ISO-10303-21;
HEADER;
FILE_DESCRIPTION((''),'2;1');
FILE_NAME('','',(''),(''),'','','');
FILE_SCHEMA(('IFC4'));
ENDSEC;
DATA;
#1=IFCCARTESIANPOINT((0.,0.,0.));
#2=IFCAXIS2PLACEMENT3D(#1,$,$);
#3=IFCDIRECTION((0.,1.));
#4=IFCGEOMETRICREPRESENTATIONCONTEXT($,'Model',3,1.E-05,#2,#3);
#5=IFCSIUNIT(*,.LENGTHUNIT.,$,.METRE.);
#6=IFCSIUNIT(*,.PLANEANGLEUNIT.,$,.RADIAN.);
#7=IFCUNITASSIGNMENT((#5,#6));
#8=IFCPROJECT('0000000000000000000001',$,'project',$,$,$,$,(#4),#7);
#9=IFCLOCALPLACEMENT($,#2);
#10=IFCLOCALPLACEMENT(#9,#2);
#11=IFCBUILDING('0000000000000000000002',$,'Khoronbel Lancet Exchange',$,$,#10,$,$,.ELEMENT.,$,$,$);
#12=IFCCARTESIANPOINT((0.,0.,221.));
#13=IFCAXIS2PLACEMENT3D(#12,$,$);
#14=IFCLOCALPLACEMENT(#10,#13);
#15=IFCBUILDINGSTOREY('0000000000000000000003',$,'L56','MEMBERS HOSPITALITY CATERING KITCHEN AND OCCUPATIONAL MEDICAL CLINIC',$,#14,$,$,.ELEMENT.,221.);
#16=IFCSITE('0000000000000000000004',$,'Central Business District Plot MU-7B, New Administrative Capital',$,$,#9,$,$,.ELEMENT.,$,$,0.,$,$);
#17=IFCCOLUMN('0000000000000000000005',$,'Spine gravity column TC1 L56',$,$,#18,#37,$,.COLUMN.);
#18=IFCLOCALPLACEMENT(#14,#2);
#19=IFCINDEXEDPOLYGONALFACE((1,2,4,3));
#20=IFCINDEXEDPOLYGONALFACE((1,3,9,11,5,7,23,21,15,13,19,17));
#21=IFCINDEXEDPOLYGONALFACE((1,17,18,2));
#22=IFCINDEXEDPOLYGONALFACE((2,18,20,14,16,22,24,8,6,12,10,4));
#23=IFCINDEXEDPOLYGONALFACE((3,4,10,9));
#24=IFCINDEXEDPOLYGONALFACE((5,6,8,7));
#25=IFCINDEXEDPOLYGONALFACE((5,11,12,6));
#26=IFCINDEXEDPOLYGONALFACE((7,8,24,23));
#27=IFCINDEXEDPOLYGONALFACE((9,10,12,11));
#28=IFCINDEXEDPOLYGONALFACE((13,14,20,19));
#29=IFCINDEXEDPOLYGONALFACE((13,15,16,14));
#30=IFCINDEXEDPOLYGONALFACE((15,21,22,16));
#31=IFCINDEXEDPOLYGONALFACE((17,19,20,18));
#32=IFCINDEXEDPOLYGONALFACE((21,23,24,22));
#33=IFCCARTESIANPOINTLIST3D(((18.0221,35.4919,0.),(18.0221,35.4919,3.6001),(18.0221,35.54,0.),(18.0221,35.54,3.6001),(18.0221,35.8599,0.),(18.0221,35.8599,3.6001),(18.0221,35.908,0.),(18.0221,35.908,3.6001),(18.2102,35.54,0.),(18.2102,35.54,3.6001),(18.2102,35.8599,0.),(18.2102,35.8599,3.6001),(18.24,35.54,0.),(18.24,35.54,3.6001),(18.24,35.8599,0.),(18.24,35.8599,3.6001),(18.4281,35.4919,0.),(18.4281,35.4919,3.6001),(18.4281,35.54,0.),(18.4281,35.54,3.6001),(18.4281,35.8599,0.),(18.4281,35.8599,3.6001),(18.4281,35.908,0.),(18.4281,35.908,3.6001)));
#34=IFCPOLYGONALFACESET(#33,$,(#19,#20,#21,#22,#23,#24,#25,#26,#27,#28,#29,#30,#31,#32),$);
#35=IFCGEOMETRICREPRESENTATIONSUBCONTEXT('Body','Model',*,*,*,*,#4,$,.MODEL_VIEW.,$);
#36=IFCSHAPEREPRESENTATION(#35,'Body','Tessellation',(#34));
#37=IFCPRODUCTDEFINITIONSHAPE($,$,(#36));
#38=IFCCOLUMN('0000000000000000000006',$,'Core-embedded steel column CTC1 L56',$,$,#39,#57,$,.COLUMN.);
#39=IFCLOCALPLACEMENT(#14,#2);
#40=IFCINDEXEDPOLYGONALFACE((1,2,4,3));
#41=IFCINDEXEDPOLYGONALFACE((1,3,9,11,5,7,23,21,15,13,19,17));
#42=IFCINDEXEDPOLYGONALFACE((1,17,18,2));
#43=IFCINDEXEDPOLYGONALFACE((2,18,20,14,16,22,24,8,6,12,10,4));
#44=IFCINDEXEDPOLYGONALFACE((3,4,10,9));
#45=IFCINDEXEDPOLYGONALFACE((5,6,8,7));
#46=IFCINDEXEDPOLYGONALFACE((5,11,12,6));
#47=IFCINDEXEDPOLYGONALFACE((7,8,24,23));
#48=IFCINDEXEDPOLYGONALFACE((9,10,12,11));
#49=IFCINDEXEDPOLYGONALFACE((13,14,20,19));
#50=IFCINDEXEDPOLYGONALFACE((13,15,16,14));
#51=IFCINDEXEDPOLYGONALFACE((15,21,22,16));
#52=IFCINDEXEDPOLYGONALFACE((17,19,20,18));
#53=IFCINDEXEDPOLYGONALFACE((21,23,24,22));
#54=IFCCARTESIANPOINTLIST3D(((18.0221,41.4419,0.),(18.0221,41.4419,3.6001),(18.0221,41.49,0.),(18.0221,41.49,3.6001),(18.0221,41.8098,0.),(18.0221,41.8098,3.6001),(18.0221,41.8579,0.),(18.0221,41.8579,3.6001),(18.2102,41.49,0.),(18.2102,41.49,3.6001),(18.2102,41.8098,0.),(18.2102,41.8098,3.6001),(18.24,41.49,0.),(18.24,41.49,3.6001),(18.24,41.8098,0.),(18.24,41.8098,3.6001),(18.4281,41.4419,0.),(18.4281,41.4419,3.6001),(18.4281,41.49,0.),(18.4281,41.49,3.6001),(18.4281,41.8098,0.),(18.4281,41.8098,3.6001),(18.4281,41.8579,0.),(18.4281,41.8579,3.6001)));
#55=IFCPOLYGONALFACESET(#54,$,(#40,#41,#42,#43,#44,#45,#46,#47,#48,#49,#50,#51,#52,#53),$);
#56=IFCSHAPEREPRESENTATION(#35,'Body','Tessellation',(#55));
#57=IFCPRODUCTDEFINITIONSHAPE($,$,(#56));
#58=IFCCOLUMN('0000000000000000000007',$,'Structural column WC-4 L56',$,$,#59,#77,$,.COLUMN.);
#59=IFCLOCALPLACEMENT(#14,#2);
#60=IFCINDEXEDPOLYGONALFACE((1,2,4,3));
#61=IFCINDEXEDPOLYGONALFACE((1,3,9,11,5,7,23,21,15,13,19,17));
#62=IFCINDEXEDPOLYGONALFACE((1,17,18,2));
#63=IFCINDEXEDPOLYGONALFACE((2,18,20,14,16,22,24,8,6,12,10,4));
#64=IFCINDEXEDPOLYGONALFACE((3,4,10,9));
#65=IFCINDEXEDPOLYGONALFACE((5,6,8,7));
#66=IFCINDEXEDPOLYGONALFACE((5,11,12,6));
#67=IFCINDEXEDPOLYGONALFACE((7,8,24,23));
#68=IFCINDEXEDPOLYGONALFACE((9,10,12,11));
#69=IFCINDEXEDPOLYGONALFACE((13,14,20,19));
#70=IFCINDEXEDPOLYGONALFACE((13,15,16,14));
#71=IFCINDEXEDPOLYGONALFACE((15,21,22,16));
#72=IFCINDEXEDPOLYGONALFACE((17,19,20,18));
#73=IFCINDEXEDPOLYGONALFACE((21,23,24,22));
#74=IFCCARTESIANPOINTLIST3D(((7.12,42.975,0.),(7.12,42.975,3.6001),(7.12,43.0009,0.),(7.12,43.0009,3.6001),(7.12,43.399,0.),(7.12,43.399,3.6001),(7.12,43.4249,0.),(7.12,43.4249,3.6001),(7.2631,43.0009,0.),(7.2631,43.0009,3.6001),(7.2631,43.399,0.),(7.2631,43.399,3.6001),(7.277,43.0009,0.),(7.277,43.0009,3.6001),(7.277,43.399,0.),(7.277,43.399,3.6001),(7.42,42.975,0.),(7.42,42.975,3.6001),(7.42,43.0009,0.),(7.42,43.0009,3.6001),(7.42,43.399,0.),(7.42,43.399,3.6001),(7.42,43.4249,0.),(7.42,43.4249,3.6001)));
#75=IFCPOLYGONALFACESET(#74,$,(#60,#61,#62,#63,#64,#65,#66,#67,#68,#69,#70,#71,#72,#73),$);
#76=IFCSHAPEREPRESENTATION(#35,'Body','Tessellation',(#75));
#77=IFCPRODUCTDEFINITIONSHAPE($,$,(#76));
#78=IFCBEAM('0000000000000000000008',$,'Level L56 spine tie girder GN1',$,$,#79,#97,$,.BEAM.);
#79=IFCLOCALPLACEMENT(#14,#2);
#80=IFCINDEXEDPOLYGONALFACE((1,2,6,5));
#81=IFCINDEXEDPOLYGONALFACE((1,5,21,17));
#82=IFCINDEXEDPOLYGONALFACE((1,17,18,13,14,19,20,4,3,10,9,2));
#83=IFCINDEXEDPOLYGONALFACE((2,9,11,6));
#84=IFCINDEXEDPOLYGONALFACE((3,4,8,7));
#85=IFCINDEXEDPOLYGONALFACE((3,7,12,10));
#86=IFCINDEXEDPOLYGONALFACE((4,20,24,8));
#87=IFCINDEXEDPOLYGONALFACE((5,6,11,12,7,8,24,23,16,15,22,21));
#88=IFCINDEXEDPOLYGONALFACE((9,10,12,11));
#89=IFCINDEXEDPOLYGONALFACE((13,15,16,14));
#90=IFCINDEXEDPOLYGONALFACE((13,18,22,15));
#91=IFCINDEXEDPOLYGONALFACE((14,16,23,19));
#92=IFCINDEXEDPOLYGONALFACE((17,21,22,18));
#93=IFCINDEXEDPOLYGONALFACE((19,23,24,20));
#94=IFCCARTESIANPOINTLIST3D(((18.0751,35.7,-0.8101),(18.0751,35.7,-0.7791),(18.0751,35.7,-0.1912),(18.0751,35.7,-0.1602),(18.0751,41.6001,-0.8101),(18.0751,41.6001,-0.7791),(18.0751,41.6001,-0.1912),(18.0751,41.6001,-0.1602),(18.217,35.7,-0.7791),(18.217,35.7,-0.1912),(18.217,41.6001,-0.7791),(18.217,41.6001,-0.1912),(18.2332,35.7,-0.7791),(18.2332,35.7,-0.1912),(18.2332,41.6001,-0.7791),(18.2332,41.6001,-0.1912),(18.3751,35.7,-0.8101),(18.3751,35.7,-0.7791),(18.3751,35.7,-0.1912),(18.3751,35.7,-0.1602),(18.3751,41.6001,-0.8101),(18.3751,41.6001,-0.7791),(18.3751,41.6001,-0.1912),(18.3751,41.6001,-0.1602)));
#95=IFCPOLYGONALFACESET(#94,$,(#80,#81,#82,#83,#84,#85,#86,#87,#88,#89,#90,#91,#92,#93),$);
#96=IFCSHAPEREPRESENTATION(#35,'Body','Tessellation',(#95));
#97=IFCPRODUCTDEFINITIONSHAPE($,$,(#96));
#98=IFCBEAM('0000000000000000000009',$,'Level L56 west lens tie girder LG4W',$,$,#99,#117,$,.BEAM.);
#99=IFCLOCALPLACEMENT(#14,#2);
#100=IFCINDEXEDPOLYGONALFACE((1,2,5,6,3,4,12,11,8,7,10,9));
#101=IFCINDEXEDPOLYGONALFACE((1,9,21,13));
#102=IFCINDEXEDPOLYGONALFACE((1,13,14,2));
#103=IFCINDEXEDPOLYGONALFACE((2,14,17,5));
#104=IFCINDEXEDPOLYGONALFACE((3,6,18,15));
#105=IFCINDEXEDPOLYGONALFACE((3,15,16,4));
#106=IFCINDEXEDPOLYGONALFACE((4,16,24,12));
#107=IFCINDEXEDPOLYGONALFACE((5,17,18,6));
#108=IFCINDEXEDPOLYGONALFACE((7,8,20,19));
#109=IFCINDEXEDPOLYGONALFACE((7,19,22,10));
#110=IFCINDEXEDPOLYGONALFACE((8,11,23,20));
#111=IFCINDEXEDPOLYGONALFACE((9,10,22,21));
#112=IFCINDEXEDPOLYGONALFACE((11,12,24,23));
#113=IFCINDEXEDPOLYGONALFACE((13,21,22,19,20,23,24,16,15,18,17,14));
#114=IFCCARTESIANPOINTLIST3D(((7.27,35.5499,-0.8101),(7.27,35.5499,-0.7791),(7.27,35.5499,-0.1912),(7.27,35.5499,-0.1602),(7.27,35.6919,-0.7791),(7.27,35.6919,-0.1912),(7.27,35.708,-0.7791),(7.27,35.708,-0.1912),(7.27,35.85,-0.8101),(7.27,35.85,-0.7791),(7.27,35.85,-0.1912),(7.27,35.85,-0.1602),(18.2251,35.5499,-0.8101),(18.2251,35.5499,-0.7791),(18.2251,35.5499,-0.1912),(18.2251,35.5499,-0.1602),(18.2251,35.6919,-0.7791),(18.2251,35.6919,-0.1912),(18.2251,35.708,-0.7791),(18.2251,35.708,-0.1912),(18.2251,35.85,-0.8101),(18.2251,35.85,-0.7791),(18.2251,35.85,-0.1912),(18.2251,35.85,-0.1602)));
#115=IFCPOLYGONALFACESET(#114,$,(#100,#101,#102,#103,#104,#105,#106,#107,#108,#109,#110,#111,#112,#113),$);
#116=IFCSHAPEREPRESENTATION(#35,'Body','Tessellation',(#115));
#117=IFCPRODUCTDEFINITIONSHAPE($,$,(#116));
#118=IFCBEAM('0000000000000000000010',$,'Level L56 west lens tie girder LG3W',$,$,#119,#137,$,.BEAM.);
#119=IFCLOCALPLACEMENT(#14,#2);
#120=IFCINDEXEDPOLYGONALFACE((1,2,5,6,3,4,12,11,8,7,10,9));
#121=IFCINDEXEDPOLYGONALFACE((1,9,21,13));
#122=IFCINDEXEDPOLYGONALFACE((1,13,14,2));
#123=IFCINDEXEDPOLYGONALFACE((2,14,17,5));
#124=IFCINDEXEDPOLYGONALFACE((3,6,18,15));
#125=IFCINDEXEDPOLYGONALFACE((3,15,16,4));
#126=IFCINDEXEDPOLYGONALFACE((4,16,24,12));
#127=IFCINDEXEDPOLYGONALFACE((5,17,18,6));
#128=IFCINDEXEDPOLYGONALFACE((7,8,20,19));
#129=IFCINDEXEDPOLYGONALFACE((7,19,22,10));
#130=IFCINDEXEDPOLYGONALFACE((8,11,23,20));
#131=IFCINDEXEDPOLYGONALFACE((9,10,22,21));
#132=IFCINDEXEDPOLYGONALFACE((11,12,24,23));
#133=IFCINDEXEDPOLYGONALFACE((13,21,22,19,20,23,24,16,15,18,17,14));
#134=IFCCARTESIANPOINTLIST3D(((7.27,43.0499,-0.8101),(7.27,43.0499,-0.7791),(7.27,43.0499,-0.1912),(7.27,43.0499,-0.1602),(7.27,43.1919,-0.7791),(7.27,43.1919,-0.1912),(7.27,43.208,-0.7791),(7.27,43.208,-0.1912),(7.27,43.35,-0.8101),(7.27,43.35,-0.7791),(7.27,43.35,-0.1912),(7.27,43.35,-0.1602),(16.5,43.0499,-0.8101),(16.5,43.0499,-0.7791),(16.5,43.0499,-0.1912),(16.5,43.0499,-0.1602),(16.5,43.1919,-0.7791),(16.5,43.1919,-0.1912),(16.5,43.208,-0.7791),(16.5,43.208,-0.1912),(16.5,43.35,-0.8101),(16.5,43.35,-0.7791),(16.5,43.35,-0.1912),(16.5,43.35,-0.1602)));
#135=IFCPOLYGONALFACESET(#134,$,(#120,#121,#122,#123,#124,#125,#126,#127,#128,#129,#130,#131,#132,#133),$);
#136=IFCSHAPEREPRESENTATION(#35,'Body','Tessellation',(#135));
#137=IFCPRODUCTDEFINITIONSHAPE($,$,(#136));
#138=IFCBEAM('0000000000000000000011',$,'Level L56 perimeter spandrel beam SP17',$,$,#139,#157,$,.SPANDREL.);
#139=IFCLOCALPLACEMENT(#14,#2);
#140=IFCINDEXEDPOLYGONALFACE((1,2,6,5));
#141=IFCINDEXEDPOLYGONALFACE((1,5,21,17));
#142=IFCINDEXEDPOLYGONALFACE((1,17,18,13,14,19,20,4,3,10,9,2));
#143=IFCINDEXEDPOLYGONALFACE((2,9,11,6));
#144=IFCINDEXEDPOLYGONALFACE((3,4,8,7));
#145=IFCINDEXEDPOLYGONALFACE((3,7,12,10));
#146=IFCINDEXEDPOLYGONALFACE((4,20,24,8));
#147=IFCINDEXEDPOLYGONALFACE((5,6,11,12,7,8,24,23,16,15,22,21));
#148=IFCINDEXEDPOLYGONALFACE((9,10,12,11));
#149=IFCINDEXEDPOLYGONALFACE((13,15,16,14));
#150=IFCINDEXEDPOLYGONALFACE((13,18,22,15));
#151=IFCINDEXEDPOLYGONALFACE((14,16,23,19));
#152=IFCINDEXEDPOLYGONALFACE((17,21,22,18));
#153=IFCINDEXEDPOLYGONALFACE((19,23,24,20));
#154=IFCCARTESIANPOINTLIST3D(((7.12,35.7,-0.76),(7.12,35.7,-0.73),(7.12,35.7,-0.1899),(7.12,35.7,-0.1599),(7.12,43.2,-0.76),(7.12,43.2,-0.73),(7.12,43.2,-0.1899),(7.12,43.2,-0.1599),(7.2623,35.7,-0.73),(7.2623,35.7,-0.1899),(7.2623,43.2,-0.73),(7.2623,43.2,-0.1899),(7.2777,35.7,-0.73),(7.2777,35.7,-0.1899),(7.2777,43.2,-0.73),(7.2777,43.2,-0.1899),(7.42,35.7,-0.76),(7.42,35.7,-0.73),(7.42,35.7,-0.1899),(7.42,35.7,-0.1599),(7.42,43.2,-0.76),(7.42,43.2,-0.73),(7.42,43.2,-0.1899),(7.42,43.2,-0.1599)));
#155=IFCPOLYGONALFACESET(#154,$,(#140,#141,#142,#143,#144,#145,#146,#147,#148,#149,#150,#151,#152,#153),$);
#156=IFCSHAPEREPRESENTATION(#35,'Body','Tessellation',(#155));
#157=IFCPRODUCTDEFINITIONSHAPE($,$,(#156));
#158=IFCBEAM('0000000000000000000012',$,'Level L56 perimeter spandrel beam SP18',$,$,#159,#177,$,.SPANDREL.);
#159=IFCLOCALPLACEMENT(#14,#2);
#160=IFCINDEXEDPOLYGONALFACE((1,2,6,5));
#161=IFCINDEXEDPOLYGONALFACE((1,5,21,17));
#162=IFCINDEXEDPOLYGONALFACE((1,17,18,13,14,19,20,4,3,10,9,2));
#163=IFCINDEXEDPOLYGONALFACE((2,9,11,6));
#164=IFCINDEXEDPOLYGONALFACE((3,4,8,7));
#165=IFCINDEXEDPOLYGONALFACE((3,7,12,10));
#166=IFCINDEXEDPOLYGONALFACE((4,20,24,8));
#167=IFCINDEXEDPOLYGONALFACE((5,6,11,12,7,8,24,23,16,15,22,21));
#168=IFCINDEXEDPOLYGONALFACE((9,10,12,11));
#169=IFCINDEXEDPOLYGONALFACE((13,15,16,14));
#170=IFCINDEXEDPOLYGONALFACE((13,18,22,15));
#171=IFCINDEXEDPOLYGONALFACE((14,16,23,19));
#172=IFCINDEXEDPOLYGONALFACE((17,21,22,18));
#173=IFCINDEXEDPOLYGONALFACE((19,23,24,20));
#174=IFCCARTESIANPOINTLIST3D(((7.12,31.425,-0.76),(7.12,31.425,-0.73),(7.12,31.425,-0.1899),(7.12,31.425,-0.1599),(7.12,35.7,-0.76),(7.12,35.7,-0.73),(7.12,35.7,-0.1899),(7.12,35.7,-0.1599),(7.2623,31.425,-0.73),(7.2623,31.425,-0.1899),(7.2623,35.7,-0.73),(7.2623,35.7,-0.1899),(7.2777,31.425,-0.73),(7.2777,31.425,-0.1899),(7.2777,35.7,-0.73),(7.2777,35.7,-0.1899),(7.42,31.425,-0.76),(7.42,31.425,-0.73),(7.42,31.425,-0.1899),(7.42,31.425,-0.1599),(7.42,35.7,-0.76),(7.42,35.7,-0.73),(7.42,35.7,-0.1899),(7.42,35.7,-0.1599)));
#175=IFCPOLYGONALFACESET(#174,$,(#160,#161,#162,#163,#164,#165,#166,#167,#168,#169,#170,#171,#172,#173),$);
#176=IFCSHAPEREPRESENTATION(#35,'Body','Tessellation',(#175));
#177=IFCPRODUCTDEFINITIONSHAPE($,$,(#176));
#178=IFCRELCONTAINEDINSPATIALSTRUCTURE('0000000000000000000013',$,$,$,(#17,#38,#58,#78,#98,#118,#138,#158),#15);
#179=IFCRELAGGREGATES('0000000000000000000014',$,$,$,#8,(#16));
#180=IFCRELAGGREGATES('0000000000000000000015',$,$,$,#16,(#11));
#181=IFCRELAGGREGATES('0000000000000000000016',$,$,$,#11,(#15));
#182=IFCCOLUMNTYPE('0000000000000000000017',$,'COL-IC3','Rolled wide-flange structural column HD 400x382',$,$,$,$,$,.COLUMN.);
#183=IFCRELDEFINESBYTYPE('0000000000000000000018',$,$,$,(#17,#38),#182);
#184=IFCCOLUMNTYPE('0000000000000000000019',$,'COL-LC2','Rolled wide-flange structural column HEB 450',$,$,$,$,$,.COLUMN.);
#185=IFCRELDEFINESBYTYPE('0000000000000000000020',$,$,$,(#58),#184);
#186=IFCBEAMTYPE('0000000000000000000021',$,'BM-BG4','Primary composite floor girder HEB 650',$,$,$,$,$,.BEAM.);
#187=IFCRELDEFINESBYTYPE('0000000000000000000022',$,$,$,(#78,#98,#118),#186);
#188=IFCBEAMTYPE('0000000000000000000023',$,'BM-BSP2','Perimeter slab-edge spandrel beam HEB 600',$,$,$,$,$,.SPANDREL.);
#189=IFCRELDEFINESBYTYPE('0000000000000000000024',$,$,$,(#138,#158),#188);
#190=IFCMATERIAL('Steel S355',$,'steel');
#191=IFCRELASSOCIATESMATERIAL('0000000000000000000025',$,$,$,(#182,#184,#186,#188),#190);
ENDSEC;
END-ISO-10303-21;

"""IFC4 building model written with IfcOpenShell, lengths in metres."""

from ifc_helpers import new_model, si_unit, direction, frame, origin, origin_2d, place, context, subcontext, project, spatial, i_section, extrude, material, material_profile, profile_set, type_object, element, save


model = new_model("IFC4")

# Units and contexts
model_context = context("Model", 3, precision=1e-05, world=origin(), true_north=direction((0.0, 1.0)))
body_context = subcontext(model_context, "Body", "Model", "MODEL_VIEW")
ifc_project = project(units=[si_unit("LENGTHUNIT", "METRE"), si_unit("PLANEANGLEUNIT", "RADIAN")], contexts=[model_context])

# Site, building, storey
site_placement = place(None, origin())
site = spatial("IfcSite", under=ifc_project, at=site_placement, Name="Central Business District Plot MU-7B, New Administrative Capital", CompositionType="ELEMENT", RefElevation=0.0)
building_placement = place(site_placement, origin())
building = spatial("IfcBuilding", under=site, at=building_placement, Name="Khoronbel Lancet Exchange", CompositionType="ELEMENT")
storey_placement = place(building_placement, frame((0.0, 0.0, 221.0)))
storey = spatial("IfcBuildingStorey", under=building, at=storey_placement, Name="L56", Description="MEMBERS HOSPITALITY CATERING KITCHEN AND OCCUPATIONAL MEDICAL CLINIC", CompositionType="ELEMENT", Elevation=221.0)

# Columns
ifc_material_1 = material(Name="Steel S355", Category="steel")
ifc_material_profile_1 = material_profile(ifc_material_1, i_section(OverallWidth=0.406, OverallDepth=0.416, WebThickness=0.0298, FlangeThickness=0.0481, at=origin_2d()), Name="HD 400x382")
ifc_profile_set_1 = profile_set([ifc_material_profile_1], Name="Steel S355")
column_type_1 = type_object("IfcColumnType", Name="COL-IC3", Description="Rolled wide-flange structural column HD 400x382", PredefinedType="COLUMN", material=ifc_profile_set_1)
for number, where, z_axis, x_axis, name in (
    (1, (18.2251, 35.7, 0.0), (0.0, 0.0, 1.0), (1.0, 0.0, 0.0), "Spine gravity column TC1 L56"),
    (2, (18.2251, 41.6499, 0.0), (0.0, 0.0, 1.0), (1.0, 0.0, 0.0), "Core-embedded steel column CTC1 L56"),
):
    element("IfcColumn", number, at=place(storey_placement, frame(where, z_axis=z_axis, x_axis=x_axis)), inside=storey, type_object=column_type_1, Name=name, PredefinedType="COLUMN", context=body_context, shape_type="SweptSolid", body=[
        extrude(i_section(OverallWidth=0.406, OverallDepth=0.416, WebThickness=0.0298, FlangeThickness=0.0481, at=origin_2d()), origin(), (0.0, 0.0, 1.0), 3.6001),
    ])
ifc_material_profile_2 = material_profile(ifc_material_1, i_section(OverallWidth=0.3, OverallDepth=0.45, WebThickness=0.0139, FlangeThickness=0.0259, at=origin_2d()), Name="HEB 450")
ifc_profile_set_2 = profile_set([ifc_material_profile_2], Name="Steel S355")
column_type_2 = type_object("IfcColumnType", Name="COL-LC2", Description="Rolled wide-flange structural column HEB 450", PredefinedType="COLUMN", material=ifc_profile_set_2)
column_placement = place(storey_placement, frame((7.27, 43.2, 0.0), z_axis=(0.0, 0.0, 1.0), x_axis=(1.0, 0.0, 0.0)))
element("IfcColumn", 3, at=column_placement, inside=storey, type_object=column_type_2, Name="Structural column WC-4 L56", PredefinedType="COLUMN", context=body_context, shape_type="SweptSolid", body=[
    extrude(i_section(OverallWidth=0.3, OverallDepth=0.45, WebThickness=0.0139, FlangeThickness=0.0259, at=origin_2d()), origin(), (0.0, 0.0, 1.0), 3.6001),
])

# Beams
ifc_material_profile_3 = material_profile(ifc_material_1, i_section(OverallWidth=0.3, OverallDepth=0.6499, WebThickness=0.0161, FlangeThickness=0.031, at=origin_2d()), Name="HEB 650")
ifc_profile_set_3 = profile_set([ifc_material_profile_3], Name="Steel S355")
beam_type_1 = type_object("IfcBeamType", Name="BM-BG4", Description="Primary composite floor girder HEB 650", PredefinedType="BEAM", material=ifc_profile_set_3)
beam_1_placement = place(storey_placement, frame((18.2251, 35.7, -0.4851), z_axis=(0.0, 1.0, 0.0), x_axis=(-1.0, 0.0, 0.0)))
element("IfcBeam", 4, at=beam_1_placement, inside=storey, type_object=beam_type_1, Name="Level L56 spine tie girder GN1", PredefinedType="BEAM", context=body_context, shape_type="SweptSolid", body=[
    extrude(i_section(OverallWidth=0.3, OverallDepth=0.6499, WebThickness=0.0161, FlangeThickness=0.031, at=origin_2d()), origin(), (0.0, 0.0, 1.0), 5.9001),
])
beam_2_placement = place(storey_placement, frame((7.27, 35.7, -0.4851), z_axis=(1.0, 0.0, 0.0), x_axis=(0.0, 1.0, 0.0)))
element("IfcBeam", 5, at=beam_2_placement, inside=storey, type_object=beam_type_1, Name="Level L56 west lens tie girder LG4W", PredefinedType="BEAM", context=body_context, shape_type="SweptSolid", body=[
    extrude(i_section(OverallWidth=0.3, OverallDepth=0.6499, WebThickness=0.0161, FlangeThickness=0.031, at=origin_2d()), origin(), (0.0, 0.0, 1.0), 10.9551),
])
beam_3_placement = place(storey_placement, frame((7.27, 43.2, -0.4851), z_axis=(1.0, 0.0, 0.0), x_axis=(0.0, 1.0, 0.0)))
element("IfcBeam", 6, at=beam_3_placement, inside=storey, type_object=beam_type_1, Name="Level L56 west lens tie girder LG3W", PredefinedType="BEAM", context=body_context, shape_type="SweptSolid", body=[
    extrude(i_section(OverallWidth=0.3, OverallDepth=0.6499, WebThickness=0.0161, FlangeThickness=0.031, at=origin_2d()), origin(), (0.0, 0.0, 1.0), 9.23),
])
ifc_material_profile_4 = material_profile(ifc_material_1, i_section(OverallWidth=0.3, OverallDepth=0.6001, WebThickness=0.0154, FlangeThickness=0.03, at=origin_2d()), Name="HEB 600")
ifc_profile_set_4 = profile_set([ifc_material_profile_4], Name="Steel S355")
beam_type_2 = type_object("IfcBeamType", Name="BM-BSP2", Description="Perimeter slab-edge spandrel beam HEB 600", PredefinedType="SPANDREL", material=ifc_profile_set_4)
beam_4_placement = place(storey_placement, frame((7.27, 43.2, -0.46), z_axis=(0.0, -1.0, 0.0), x_axis=(1.0, 0.0, 0.0)))
element("IfcBeam", 7, at=beam_4_placement, inside=storey, type_object=beam_type_2, Name="Level L56 perimeter spandrel beam SP17", PredefinedType="SPANDREL", context=body_context, shape_type="SweptSolid", body=[
    extrude(i_section(OverallWidth=0.3, OverallDepth=0.6001, WebThickness=0.0154, FlangeThickness=0.03, at=origin_2d()), origin(), (0.0, 0.0, 1.0), 7.5),
])
beam_5_placement = place(storey_placement, frame((7.27, 35.7, -0.46), z_axis=(0.0, -1.0, 0.0), x_axis=(1.0, 0.0, 0.0)))
element("IfcBeam", 8, at=beam_5_placement, inside=storey, type_object=beam_type_2, Name="Level L56 perimeter spandrel beam SP18", PredefinedType="SPANDREL", context=body_context, shape_type="SweptSolid", body=[
    extrude(i_section(OverallWidth=0.3, OverallDepth=0.6001, WebThickness=0.0154, FlangeThickness=0.03, at=origin_2d()), origin(), (0.0, 0.0, 1.0), 4.2749),
])

save(model, "model.ifc")
